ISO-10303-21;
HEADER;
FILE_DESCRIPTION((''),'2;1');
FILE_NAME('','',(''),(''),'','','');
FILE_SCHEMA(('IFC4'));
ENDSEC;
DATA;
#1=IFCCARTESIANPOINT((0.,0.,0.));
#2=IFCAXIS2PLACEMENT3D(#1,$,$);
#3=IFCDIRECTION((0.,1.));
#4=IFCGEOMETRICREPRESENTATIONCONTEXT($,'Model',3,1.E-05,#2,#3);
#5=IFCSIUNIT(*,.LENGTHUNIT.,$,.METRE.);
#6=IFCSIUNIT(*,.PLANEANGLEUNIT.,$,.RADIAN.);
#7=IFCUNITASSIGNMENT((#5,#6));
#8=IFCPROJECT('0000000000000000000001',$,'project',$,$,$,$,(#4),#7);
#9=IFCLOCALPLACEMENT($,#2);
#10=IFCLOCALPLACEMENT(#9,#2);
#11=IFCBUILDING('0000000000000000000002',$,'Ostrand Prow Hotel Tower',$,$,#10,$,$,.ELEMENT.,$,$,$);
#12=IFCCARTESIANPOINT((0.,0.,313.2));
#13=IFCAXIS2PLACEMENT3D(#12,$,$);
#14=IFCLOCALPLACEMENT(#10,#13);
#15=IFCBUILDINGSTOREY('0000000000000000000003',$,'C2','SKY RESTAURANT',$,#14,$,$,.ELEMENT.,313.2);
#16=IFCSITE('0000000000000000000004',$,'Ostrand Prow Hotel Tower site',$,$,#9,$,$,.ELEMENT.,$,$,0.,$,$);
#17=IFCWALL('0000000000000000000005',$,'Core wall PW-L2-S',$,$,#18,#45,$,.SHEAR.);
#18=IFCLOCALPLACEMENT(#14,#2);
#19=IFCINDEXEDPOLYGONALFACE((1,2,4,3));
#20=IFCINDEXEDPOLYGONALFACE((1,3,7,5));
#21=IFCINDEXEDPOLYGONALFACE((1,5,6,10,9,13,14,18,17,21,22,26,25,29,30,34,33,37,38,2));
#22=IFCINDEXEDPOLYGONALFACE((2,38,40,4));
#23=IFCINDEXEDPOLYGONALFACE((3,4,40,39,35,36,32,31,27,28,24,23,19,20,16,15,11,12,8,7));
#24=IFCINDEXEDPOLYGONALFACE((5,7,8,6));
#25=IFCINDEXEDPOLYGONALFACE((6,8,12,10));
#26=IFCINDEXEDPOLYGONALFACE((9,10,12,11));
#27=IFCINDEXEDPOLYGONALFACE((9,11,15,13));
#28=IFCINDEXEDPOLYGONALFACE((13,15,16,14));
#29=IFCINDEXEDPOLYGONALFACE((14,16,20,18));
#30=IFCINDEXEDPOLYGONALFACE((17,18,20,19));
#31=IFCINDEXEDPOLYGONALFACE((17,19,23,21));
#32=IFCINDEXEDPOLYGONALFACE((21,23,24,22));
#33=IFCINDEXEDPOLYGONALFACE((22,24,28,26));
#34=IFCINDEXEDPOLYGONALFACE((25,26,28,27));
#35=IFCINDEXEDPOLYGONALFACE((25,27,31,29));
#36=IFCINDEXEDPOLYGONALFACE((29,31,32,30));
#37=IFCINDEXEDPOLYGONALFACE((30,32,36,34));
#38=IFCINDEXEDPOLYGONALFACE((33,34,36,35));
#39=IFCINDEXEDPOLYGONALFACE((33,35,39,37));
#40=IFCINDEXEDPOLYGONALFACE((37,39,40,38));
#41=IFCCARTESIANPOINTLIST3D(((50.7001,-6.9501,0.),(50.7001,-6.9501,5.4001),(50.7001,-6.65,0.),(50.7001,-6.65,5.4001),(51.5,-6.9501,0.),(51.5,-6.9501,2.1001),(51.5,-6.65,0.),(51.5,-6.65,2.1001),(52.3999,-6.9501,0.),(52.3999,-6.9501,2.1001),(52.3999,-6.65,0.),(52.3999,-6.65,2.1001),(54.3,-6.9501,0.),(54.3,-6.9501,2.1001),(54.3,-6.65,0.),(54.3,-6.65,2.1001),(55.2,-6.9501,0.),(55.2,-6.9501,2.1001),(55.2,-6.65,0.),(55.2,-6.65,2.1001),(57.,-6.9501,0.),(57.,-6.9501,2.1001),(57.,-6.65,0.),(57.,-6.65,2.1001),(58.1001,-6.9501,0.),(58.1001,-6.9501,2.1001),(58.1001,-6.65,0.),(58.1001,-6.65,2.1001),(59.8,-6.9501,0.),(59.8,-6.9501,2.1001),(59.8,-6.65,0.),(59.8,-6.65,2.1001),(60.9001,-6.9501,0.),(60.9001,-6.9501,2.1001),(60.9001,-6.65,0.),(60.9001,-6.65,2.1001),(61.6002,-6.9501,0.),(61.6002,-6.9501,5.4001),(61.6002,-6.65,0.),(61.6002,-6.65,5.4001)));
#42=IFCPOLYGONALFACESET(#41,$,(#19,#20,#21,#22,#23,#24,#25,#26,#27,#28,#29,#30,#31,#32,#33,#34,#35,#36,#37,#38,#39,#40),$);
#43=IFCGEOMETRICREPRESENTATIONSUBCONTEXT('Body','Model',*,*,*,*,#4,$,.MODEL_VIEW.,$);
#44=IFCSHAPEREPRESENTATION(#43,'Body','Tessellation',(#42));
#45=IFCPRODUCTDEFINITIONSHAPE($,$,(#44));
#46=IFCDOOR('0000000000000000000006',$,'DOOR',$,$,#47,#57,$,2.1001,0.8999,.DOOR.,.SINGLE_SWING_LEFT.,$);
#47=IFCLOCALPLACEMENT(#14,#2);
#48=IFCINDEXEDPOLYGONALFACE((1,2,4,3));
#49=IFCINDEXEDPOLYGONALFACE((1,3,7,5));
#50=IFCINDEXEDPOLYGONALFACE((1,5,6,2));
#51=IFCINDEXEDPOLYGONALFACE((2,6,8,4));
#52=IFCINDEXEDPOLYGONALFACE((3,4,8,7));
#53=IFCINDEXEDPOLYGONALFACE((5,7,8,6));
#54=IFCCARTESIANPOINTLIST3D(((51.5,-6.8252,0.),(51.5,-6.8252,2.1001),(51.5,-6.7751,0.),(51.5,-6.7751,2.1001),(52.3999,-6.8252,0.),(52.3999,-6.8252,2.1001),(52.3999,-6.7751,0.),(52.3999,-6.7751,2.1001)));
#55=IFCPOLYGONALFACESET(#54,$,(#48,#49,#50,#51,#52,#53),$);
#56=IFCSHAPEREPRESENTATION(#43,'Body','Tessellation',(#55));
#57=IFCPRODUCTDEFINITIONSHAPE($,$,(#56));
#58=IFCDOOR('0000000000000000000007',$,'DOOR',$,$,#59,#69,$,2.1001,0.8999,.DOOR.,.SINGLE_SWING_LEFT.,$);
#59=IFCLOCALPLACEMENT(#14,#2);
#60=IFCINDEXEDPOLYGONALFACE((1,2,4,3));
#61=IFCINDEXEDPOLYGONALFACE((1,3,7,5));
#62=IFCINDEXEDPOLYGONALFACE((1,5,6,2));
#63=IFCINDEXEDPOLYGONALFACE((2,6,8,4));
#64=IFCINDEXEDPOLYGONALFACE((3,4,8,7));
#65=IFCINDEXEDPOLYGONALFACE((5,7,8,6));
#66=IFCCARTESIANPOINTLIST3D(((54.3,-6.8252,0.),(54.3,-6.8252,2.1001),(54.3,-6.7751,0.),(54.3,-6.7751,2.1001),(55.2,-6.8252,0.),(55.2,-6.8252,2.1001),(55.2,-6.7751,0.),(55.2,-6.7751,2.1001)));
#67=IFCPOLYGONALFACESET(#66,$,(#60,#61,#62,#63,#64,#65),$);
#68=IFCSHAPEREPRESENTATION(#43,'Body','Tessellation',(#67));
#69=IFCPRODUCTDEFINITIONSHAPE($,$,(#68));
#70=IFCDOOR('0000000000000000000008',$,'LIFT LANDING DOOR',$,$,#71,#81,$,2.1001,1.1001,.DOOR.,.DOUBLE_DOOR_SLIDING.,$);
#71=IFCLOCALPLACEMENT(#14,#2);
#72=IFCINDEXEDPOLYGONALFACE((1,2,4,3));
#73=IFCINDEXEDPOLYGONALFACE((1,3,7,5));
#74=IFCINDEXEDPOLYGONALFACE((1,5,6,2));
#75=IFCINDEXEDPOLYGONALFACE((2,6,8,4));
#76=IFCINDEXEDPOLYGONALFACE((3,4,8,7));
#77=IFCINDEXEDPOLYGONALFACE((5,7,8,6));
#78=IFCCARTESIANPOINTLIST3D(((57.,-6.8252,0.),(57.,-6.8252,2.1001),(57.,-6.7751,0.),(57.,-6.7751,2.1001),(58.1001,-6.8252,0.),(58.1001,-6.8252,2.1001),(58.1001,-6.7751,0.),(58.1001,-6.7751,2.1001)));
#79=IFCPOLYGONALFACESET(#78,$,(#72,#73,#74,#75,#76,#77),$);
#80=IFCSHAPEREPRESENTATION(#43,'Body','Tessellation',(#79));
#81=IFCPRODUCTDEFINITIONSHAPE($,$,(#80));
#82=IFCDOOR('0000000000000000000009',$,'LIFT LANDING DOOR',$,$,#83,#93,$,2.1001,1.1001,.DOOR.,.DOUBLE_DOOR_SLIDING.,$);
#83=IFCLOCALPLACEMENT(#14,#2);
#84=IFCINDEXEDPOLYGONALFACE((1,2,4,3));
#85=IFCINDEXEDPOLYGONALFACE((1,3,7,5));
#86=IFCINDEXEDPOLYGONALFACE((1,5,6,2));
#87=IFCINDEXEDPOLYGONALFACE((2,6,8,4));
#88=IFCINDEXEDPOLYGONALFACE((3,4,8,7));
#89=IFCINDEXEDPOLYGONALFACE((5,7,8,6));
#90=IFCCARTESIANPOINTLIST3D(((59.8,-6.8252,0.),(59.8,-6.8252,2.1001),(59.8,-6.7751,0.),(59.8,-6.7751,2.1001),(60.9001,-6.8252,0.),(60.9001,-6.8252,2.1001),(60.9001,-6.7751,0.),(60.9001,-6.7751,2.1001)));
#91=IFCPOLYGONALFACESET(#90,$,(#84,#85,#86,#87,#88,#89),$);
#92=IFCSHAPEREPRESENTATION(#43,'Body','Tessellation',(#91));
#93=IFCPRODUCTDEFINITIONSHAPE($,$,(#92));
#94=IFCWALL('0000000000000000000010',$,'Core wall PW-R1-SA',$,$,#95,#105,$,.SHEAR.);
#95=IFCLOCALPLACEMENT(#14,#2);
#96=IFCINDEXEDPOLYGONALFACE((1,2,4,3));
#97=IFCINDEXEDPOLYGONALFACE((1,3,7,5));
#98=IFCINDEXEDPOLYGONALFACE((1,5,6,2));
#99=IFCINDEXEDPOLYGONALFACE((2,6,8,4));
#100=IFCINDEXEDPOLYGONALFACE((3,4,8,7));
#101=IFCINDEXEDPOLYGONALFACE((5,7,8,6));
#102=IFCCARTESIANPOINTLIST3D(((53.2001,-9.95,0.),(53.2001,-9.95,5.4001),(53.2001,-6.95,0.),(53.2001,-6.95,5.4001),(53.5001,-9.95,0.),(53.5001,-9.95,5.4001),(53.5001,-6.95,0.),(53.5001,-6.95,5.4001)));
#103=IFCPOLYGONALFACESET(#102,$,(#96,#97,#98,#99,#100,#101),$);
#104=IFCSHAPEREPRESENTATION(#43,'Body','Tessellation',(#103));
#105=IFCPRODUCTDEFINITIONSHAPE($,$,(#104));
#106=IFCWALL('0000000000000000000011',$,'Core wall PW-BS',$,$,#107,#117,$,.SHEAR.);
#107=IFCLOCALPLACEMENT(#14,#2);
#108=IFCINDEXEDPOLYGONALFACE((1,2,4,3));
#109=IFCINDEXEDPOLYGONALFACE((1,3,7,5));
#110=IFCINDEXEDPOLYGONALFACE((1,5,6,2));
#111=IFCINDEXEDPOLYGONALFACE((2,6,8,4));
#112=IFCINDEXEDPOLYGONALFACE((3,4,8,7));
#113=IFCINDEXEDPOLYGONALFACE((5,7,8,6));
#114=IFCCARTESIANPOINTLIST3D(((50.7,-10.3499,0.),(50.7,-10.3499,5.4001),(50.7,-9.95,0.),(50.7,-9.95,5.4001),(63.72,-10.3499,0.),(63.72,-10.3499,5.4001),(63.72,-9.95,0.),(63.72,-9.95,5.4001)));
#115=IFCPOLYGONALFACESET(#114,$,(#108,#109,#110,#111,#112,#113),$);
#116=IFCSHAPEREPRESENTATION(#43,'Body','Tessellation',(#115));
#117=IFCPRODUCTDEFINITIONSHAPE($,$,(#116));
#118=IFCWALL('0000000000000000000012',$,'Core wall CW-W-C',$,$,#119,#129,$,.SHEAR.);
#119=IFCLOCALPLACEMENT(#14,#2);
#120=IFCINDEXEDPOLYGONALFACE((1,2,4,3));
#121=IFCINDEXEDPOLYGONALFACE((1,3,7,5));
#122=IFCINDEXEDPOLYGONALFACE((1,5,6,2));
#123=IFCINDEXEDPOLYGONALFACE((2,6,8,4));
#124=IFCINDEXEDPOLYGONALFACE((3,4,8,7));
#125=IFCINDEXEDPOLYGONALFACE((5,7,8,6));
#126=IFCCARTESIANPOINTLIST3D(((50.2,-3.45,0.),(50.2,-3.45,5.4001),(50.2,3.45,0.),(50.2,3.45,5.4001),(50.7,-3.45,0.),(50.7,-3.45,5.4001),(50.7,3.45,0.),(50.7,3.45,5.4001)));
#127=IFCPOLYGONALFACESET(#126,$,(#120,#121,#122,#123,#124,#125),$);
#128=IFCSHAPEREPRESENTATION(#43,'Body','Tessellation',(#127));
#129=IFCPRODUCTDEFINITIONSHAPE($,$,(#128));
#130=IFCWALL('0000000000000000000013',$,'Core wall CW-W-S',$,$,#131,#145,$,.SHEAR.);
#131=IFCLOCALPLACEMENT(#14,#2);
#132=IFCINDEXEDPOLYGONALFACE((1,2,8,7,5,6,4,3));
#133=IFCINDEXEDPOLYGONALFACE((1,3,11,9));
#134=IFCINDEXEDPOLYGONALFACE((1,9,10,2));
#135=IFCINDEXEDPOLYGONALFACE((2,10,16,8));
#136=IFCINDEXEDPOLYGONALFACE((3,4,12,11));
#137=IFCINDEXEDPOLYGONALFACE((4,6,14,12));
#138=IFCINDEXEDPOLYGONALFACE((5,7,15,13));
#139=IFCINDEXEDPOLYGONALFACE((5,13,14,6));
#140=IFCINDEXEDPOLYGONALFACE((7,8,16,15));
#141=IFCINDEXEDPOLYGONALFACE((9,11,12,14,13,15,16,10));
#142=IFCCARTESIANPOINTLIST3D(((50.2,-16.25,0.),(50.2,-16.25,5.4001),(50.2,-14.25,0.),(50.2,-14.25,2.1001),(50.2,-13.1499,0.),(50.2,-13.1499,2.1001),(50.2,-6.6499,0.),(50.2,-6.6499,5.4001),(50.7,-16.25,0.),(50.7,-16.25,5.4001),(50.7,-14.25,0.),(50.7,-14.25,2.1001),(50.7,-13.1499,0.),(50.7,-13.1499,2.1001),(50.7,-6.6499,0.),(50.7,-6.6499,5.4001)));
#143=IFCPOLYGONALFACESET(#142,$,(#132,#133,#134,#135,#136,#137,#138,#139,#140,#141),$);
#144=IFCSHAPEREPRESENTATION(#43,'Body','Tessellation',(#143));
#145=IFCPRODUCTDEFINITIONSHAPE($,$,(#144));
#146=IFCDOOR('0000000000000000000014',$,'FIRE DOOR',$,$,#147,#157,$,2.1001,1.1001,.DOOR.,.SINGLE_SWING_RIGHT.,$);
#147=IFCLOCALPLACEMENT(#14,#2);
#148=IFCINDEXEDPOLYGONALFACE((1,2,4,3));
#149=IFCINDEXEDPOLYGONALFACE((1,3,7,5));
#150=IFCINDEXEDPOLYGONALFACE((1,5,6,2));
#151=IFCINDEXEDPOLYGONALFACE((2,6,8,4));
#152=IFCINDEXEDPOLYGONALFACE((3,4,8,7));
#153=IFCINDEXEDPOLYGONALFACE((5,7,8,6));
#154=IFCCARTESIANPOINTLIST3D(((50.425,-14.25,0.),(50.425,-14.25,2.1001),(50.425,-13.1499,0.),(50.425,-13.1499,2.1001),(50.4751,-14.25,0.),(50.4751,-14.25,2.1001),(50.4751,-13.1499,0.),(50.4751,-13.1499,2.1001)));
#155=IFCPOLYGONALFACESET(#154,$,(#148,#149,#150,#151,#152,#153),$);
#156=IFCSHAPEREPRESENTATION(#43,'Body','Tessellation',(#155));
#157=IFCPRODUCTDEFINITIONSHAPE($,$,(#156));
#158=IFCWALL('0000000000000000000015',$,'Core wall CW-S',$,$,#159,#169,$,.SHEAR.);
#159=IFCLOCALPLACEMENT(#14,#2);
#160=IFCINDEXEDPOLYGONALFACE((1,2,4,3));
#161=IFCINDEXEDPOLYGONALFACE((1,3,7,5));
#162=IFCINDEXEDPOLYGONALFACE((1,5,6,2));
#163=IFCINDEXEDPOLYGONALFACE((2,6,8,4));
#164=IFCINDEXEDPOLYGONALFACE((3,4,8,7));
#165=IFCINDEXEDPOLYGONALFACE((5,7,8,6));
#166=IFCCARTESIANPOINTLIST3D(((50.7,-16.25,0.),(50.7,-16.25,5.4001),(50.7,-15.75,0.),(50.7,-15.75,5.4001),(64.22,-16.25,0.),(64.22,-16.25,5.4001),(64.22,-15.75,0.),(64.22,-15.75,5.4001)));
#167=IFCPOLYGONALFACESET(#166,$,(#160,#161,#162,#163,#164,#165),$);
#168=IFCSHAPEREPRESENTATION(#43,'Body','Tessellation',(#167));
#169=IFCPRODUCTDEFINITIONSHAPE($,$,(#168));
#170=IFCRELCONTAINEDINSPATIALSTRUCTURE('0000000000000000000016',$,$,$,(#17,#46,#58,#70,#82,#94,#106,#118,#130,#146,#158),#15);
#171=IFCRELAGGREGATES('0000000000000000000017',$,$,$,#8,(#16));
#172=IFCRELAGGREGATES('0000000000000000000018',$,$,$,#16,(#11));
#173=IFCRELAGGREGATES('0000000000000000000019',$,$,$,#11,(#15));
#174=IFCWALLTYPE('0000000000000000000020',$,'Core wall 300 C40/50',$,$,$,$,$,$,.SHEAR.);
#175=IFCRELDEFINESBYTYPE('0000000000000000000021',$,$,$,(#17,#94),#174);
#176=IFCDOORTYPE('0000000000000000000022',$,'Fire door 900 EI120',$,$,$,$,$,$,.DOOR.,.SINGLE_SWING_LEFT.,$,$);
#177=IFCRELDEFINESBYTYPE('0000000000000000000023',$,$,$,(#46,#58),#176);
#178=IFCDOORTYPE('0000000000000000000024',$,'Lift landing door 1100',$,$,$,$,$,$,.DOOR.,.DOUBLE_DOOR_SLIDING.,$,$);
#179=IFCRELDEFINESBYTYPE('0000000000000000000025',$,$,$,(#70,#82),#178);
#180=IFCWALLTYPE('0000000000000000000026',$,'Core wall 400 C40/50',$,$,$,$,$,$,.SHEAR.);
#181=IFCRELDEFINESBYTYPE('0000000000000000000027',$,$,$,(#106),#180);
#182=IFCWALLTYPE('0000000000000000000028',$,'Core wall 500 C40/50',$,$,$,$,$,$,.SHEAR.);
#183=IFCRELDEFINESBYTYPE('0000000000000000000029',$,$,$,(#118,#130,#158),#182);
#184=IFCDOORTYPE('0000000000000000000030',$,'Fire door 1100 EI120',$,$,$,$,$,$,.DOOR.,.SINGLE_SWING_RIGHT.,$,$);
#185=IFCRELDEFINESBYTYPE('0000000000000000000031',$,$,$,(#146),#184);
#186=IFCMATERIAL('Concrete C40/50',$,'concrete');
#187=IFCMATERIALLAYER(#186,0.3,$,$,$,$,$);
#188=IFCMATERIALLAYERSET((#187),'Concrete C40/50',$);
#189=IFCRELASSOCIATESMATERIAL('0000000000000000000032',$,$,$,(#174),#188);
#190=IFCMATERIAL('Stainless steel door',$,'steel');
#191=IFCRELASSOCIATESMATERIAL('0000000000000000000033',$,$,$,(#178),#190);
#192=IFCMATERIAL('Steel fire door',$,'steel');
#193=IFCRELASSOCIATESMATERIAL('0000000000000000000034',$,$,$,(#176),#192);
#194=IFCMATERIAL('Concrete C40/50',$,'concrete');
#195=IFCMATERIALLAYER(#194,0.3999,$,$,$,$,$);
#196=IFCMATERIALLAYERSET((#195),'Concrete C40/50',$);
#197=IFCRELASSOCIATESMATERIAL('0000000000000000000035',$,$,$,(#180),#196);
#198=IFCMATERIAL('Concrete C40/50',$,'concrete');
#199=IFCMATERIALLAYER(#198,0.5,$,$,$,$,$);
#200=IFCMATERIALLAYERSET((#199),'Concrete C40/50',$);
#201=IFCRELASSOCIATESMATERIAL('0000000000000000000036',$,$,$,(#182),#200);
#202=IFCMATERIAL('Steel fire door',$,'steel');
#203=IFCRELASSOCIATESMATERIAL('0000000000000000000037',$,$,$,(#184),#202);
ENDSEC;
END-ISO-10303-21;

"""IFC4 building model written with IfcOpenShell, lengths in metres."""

from ifc_helpers import new_model, si_unit, direction, frame, frame_2d, origin, place, context, subcontext, project, spatial, rectangle, extrude, material, layer, layer_set, type_object, element, fill, save


model = new_model("IFC4")

# Units and contexts
model_context = context("Model", 3, precision=1e-05, world=origin(), true_north=direction((0.0, 1.0)))
body_context = subcontext(model_context, "Body", "Model", "MODEL_VIEW")
ifc_project = project(units=[si_unit("LENGTHUNIT", "METRE"), si_unit("PLANEANGLEUNIT", "RADIAN")], contexts=[model_context])

# Site, building, storey
site_placement = place(None, origin())
site = spatial("IfcSite", under=ifc_project, at=site_placement, Name="Ostrand Prow Hotel Tower site", CompositionType="ELEMENT", RefElevation=0.0)
building_placement = place(site_placement, origin())
building = spatial("IfcBuilding", under=site, at=building_placement, Name="Ostrand Prow Hotel Tower", CompositionType="ELEMENT")
storey_placement = place(building_placement, frame((0.0, 0.0, 313.2)))
storey = spatial("IfcBuildingStorey", under=building, at=storey_placement, Name="C2", Description="SKY RESTAURANT", CompositionType="ELEMENT", Elevation=313.2)

# Shared definitions
ifc_material_1 = material(Name="Concrete C40/50", Category="concrete")
ifc_layer_1 = layer(ifc_material_1, 0.3)
ifc_layer_set_1 = layer_set([ifc_layer_1], Name="Concrete C40/50")
wall_type_1 = type_object("IfcWallType", Name="Core wall 300 C40/50", PredefinedType="SHEAR", material=ifc_layer_set_1)

# Wall, openings, doors
ifc_material_2 = material(Name="Stainless steel door", Category="steel")
door_type_1 = type_object("IfcDoorType", Name="Lift landing door 1100", OperationType="DOUBLE_DOOR_SLIDING", PredefinedType="DOOR", material=ifc_material_2)
wall_1_placement = place(storey_placement, frame((50.7, -6.8, 0.0), z_axis=(0.0, 0.0, 1.0), x_axis=(1.0, 0.0, 0.0)))
wall_1 = element("IfcWall", 1, at=wall_1_placement, inside=storey, type_object=wall_type_1, Name="Core wall PW-L2-S", PredefinedType="SHEAR", context=body_context, shape_type="SweptSolid", body=[
    extrude(rectangle(XDim=10.9001, YDim=0.3, at=frame_2d((5.4502, 0.0))), origin(), (0.0, 0.0, 1.0), 5.4001),
])
opening_1_placement = place(wall_1_placement, frame((6.3, 0.0, 0.0)))
opening_1 = element("IfcOpeningElement", 2, at=opening_1_placement, cuts=wall_1, PredefinedType="OPENING", context=body_context, shape_type="SweptSolid", body=[
    extrude(rectangle(XDim=1.1001, YDim=2.1001, at=frame_2d((0.55, 1.05))), frame((0.0, 0.1599, 0.0), z_axis=(0.0, -1.0, 0.0), x_axis=(1.0, 0.0, 0.0)), (0.0, 0.0, 1.0), 0.3201),
])
opening_2_placement = place(wall_1_placement, frame((9.1001, 0.0, 0.0)))
opening_2 = element("IfcOpeningElement", 3, at=opening_2_placement, cuts=wall_1, PredefinedType="OPENING", context=body_context, shape_type="SweptSolid", body=[
    extrude(rectangle(XDim=1.1001, YDim=2.1001, at=frame_2d((0.55, 1.05))), frame((0.0, 0.1599, 0.0), z_axis=(0.0, -1.0, 0.0), x_axis=(1.0, 0.0, 0.0)), (0.0, 0.0, 1.0), 0.3201),
])
opening_3_placement = place(wall_1_placement, frame((0.8, 0.0, 0.0)))
opening_3 = element("IfcOpeningElement", 4, at=opening_3_placement, cuts=wall_1, PredefinedType="OPENING", context=body_context, shape_type="SweptSolid", body=[
    extrude(rectangle(XDim=0.8999, YDim=2.1001, at=frame_2d((0.45, 1.05))), frame((0.0, 0.1599, 0.0), z_axis=(0.0, -1.0, 0.0), x_axis=(1.0, 0.0, 0.0)), (0.0, 0.0, 1.0), 0.3201),
])
opening_4_placement = place(wall_1_placement, frame((3.6001, 0.0, 0.0)))
opening_4 = element("IfcOpeningElement", 5, at=opening_4_placement, cuts=wall_1, PredefinedType="OPENING", context=body_context, shape_type="SweptSolid", body=[
    extrude(rectangle(XDim=0.8999, YDim=2.1001, at=frame_2d((0.45, 1.05))), frame((0.0, 0.1599, 0.0), z_axis=(0.0, -1.0, 0.0), x_axis=(1.0, 0.0, 0.0)), (0.0, 0.0, 1.0), 0.3201),
])
ifc_material_3 = material(Name="Steel fire door", Category="steel")
door_type_2 = type_object("IfcDoorType", Name="Fire door 900 EI120", OperationType="SINGLE_SWING_LEFT", PredefinedType="DOOR", material=ifc_material_3)
door_1_placement = place(opening_3_placement, origin())
door_1 = element("IfcDoor", 6, at=door_1_placement, inside=storey, type_object=door_type_2, Name="DOOR", OperationType="SINGLE_SWING_LEFT", OverallHeight=2.1001, OverallWidth=0.8999, PredefinedType="DOOR", context=body_context, shape_type="SweptSolid", body=[
    extrude(rectangle(XDim=0.8999, YDim=2.1001, at=frame_2d((0.45, 1.05))), frame((0.0, 0.0249, 0.0), z_axis=(0.0, -1.0, 0.0), x_axis=(1.0, 0.0, 0.0)), (0.0, 0.0, 1.0), 0.05),
])
fill(opening_3, door_1)
door_2_placement = place(opening_4_placement, origin())
door_2 = element("IfcDoor", 7, at=door_2_placement, inside=storey, type_object=door_type_2, Name="DOOR", OperationType="SINGLE_SWING_LEFT", OverallHeight=2.1001, OverallWidth=0.8999, PredefinedType="DOOR", context=body_context, shape_type="SweptSolid", body=[
    extrude(rectangle(XDim=0.8999, YDim=2.1001, at=frame_2d((0.45, 1.05))), frame((0.0, 0.0249, 0.0), z_axis=(0.0, -1.0, 0.0), x_axis=(1.0, 0.0, 0.0)), (0.0, 0.0, 1.0), 0.05),
])
fill(opening_4, door_2)
door_3_placement = place(opening_1_placement, origin())
door_3 = element("IfcDoor", 8, at=door_3_placement, inside=storey, type_object=door_type_1, Name="LIFT LANDING DOOR", OperationType="DOUBLE_DOOR_SLIDING", OverallHeight=2.1001, OverallWidth=1.1001, PredefinedType="DOOR", context=body_context, shape_type="SweptSolid", body=[
    extrude(rectangle(XDim=1.1001, YDim=2.1001, at=frame_2d((0.55, 1.05))), frame((0.0, 0.0249, 0.0), z_axis=(0.0, -1.0, 0.0), x_axis=(1.0, 0.0, 0.0)), (0.0, 0.0, 1.0), 0.05),
])
fill(opening_1, door_3)
door_4_placement = place(opening_2_placement, origin())
door_4 = element("IfcDoor", 9, at=door_4_placement, inside=storey, type_object=door_type_1, Name="LIFT LANDING DOOR", OperationType="DOUBLE_DOOR_SLIDING", OverallHeight=2.1001, OverallWidth=1.1001, PredefinedType="DOOR", context=body_context, shape_type="SweptSolid", body=[
    extrude(rectangle(XDim=1.1001, YDim=2.1001, at=frame_2d((0.55, 1.05))), frame((0.0, 0.0249, 0.0), z_axis=(0.0, -1.0, 0.0), x_axis=(1.0, 0.0, 0.0)), (0.0, 0.0, 1.0), 0.05),
])
fill(opening_2, door_4)

# Walls
wall_2_placement = place(storey_placement, frame((53.3501, -9.95, 0.0), z_axis=(0.0, 0.0, 1.0), x_axis=(0.0, 1.0, 0.0)))
element("IfcWall", 10, at=wall_2_placement, inside=storey, type_object=wall_type_1, Name="Core wall PW-R1-SA", PredefinedType="SHEAR", context=body_context, shape_type="SweptSolid", body=[
    extrude(rectangle(XDim=3.0, YDim=0.3, at=frame_2d((1.5, 0.0))), origin(), (0.0, 0.0, 1.0), 5.4001),
])
ifc_material_4 = material(Name="Concrete C40/50", Category="concrete")
ifc_layer_2 = layer(ifc_material_4, 0.3999)
ifc_layer_set_2 = layer_set([ifc_layer_2], Name="Concrete C40/50")
wall_type_2 = type_object("IfcWallType", Name="Core wall 400 C40/50", PredefinedType="SHEAR", material=ifc_layer_set_2)
wall_3_placement = place(storey_placement, frame((50.7, -10.1499, 0.0), z_axis=(0.0, 0.0, 1.0), x_axis=(1.0, 0.0, 0.0)))
element("IfcWall", 11, at=wall_3_placement, inside=storey, type_object=wall_type_2, Name="Core wall PW-BS", PredefinedType="SHEAR", context=body_context, shape_type="SweptSolid", body=[
    extrude(rectangle(XDim=13.02, YDim=0.3999, at=frame_2d((6.51, 0.0))), origin(), (0.0, 0.0, 1.0), 5.4001),
])
ifc_material_5 = material(Name="Concrete C40/50", Category="concrete")
ifc_layer_3 = layer(ifc_material_5, 0.5)
ifc_layer_set_3 = layer_set([ifc_layer_3], Name="Concrete C40/50")
wall_type_3 = type_object("IfcWallType", Name="Core wall 500 C40/50", PredefinedType="SHEAR", material=ifc_layer_set_3)
wall_4_placement = place(storey_placement, frame((50.45, -3.45, 0.0), z_axis=(0.0, 0.0, 1.0), x_axis=(0.0, 1.0, 0.0)))
element("IfcWall", 12, at=wall_4_placement, inside=storey, type_object=wall_type_3, Name="Core wall CW-W-C", PredefinedType="SHEAR", context=body_context, shape_type="SweptSolid", body=[
    extrude(rectangle(XDim=6.8999, YDim=0.5, at=frame_2d((3.45, 0.0))), origin(), (0.0, 0.0, 1.0), 5.4001),
])

# Wall, opening, door
wall_5_placement = place(storey_placement, frame((50.45, -16.25, 0.0), z_axis=(0.0, 0.0, 1.0), x_axis=(0.0, 1.0, 0.0)))
wall_5 = element("IfcWall", 13, at=wall_5_placement, inside=storey, type_object=wall_type_3, Name="Core wall CW-W-S", PredefinedType="SHEAR", context=body_context, shape_type="SweptSolid", body=[
    extrude(rectangle(XDim=9.6001, YDim=0.5, at=frame_2d((4.8, 0.0))), origin(), (0.0, 0.0, 1.0), 5.4001),
])
opening_5_placement = place(wall_5_placement, frame((2.0, 0.0, 0.0)))
opening_5 = element("IfcOpeningElement", 14, at=opening_5_placement, cuts=wall_5, PredefinedType="OPENING", context=body_context, shape_type="SweptSolid", body=[
    extrude(rectangle(XDim=1.1001, YDim=2.1001, at=frame_2d((0.55, 1.05))), frame((0.0, 0.26, 0.0), z_axis=(0.0, -1.0, 0.0), x_axis=(1.0, 0.0, 0.0)), (0.0, 0.0, 1.0), 0.52),
])
ifc_material_6 = material(Name="Steel fire door", Category="steel")
door_type_3 = type_object("IfcDoorType", Name="Fire door 1100 EI120", OperationType="SINGLE_SWING_RIGHT", PredefinedType="DOOR", material=ifc_material_6)
door_5_placement = place(opening_5_placement, origin())
door_5 = element("IfcDoor", 15, at=door_5_placement, inside=storey, type_object=door_type_3, Name="FIRE DOOR", OperationType="SINGLE_SWING_RIGHT", OverallHeight=2.1001, OverallWidth=1.1001, PredefinedType="DOOR", context=body_context, shape_type="SweptSolid", body=[
    extrude(rectangle(XDim=1.1001, YDim=2.1001, at=frame_2d((0.55, 1.05))), frame((0.0, 0.0249, 0.0), z_axis=(0.0, -1.0, 0.0), x_axis=(1.0, 0.0, 0.0)), (0.0, 0.0, 1.0), 0.05),
])
fill(opening_5, door_5)

# Wall
wall_6_placement = place(storey_placement, frame((50.7, -16.0, 0.0), z_axis=(0.0, 0.0, 1.0), x_axis=(1.0, 0.0, 0.0)))
element("IfcWall", 16, at=wall_6_placement, inside=storey, type_object=wall_type_3, Name="Core wall CW-S", PredefinedType="SHEAR", context=body_context, shape_type="SweptSolid", body=[
    extrude(rectangle(XDim=13.52, YDim=0.5, at=frame_2d((6.76, 0.0))), origin(), (0.0, 0.0, 1.0), 5.4001),
])

save(model, "model.ifc")
